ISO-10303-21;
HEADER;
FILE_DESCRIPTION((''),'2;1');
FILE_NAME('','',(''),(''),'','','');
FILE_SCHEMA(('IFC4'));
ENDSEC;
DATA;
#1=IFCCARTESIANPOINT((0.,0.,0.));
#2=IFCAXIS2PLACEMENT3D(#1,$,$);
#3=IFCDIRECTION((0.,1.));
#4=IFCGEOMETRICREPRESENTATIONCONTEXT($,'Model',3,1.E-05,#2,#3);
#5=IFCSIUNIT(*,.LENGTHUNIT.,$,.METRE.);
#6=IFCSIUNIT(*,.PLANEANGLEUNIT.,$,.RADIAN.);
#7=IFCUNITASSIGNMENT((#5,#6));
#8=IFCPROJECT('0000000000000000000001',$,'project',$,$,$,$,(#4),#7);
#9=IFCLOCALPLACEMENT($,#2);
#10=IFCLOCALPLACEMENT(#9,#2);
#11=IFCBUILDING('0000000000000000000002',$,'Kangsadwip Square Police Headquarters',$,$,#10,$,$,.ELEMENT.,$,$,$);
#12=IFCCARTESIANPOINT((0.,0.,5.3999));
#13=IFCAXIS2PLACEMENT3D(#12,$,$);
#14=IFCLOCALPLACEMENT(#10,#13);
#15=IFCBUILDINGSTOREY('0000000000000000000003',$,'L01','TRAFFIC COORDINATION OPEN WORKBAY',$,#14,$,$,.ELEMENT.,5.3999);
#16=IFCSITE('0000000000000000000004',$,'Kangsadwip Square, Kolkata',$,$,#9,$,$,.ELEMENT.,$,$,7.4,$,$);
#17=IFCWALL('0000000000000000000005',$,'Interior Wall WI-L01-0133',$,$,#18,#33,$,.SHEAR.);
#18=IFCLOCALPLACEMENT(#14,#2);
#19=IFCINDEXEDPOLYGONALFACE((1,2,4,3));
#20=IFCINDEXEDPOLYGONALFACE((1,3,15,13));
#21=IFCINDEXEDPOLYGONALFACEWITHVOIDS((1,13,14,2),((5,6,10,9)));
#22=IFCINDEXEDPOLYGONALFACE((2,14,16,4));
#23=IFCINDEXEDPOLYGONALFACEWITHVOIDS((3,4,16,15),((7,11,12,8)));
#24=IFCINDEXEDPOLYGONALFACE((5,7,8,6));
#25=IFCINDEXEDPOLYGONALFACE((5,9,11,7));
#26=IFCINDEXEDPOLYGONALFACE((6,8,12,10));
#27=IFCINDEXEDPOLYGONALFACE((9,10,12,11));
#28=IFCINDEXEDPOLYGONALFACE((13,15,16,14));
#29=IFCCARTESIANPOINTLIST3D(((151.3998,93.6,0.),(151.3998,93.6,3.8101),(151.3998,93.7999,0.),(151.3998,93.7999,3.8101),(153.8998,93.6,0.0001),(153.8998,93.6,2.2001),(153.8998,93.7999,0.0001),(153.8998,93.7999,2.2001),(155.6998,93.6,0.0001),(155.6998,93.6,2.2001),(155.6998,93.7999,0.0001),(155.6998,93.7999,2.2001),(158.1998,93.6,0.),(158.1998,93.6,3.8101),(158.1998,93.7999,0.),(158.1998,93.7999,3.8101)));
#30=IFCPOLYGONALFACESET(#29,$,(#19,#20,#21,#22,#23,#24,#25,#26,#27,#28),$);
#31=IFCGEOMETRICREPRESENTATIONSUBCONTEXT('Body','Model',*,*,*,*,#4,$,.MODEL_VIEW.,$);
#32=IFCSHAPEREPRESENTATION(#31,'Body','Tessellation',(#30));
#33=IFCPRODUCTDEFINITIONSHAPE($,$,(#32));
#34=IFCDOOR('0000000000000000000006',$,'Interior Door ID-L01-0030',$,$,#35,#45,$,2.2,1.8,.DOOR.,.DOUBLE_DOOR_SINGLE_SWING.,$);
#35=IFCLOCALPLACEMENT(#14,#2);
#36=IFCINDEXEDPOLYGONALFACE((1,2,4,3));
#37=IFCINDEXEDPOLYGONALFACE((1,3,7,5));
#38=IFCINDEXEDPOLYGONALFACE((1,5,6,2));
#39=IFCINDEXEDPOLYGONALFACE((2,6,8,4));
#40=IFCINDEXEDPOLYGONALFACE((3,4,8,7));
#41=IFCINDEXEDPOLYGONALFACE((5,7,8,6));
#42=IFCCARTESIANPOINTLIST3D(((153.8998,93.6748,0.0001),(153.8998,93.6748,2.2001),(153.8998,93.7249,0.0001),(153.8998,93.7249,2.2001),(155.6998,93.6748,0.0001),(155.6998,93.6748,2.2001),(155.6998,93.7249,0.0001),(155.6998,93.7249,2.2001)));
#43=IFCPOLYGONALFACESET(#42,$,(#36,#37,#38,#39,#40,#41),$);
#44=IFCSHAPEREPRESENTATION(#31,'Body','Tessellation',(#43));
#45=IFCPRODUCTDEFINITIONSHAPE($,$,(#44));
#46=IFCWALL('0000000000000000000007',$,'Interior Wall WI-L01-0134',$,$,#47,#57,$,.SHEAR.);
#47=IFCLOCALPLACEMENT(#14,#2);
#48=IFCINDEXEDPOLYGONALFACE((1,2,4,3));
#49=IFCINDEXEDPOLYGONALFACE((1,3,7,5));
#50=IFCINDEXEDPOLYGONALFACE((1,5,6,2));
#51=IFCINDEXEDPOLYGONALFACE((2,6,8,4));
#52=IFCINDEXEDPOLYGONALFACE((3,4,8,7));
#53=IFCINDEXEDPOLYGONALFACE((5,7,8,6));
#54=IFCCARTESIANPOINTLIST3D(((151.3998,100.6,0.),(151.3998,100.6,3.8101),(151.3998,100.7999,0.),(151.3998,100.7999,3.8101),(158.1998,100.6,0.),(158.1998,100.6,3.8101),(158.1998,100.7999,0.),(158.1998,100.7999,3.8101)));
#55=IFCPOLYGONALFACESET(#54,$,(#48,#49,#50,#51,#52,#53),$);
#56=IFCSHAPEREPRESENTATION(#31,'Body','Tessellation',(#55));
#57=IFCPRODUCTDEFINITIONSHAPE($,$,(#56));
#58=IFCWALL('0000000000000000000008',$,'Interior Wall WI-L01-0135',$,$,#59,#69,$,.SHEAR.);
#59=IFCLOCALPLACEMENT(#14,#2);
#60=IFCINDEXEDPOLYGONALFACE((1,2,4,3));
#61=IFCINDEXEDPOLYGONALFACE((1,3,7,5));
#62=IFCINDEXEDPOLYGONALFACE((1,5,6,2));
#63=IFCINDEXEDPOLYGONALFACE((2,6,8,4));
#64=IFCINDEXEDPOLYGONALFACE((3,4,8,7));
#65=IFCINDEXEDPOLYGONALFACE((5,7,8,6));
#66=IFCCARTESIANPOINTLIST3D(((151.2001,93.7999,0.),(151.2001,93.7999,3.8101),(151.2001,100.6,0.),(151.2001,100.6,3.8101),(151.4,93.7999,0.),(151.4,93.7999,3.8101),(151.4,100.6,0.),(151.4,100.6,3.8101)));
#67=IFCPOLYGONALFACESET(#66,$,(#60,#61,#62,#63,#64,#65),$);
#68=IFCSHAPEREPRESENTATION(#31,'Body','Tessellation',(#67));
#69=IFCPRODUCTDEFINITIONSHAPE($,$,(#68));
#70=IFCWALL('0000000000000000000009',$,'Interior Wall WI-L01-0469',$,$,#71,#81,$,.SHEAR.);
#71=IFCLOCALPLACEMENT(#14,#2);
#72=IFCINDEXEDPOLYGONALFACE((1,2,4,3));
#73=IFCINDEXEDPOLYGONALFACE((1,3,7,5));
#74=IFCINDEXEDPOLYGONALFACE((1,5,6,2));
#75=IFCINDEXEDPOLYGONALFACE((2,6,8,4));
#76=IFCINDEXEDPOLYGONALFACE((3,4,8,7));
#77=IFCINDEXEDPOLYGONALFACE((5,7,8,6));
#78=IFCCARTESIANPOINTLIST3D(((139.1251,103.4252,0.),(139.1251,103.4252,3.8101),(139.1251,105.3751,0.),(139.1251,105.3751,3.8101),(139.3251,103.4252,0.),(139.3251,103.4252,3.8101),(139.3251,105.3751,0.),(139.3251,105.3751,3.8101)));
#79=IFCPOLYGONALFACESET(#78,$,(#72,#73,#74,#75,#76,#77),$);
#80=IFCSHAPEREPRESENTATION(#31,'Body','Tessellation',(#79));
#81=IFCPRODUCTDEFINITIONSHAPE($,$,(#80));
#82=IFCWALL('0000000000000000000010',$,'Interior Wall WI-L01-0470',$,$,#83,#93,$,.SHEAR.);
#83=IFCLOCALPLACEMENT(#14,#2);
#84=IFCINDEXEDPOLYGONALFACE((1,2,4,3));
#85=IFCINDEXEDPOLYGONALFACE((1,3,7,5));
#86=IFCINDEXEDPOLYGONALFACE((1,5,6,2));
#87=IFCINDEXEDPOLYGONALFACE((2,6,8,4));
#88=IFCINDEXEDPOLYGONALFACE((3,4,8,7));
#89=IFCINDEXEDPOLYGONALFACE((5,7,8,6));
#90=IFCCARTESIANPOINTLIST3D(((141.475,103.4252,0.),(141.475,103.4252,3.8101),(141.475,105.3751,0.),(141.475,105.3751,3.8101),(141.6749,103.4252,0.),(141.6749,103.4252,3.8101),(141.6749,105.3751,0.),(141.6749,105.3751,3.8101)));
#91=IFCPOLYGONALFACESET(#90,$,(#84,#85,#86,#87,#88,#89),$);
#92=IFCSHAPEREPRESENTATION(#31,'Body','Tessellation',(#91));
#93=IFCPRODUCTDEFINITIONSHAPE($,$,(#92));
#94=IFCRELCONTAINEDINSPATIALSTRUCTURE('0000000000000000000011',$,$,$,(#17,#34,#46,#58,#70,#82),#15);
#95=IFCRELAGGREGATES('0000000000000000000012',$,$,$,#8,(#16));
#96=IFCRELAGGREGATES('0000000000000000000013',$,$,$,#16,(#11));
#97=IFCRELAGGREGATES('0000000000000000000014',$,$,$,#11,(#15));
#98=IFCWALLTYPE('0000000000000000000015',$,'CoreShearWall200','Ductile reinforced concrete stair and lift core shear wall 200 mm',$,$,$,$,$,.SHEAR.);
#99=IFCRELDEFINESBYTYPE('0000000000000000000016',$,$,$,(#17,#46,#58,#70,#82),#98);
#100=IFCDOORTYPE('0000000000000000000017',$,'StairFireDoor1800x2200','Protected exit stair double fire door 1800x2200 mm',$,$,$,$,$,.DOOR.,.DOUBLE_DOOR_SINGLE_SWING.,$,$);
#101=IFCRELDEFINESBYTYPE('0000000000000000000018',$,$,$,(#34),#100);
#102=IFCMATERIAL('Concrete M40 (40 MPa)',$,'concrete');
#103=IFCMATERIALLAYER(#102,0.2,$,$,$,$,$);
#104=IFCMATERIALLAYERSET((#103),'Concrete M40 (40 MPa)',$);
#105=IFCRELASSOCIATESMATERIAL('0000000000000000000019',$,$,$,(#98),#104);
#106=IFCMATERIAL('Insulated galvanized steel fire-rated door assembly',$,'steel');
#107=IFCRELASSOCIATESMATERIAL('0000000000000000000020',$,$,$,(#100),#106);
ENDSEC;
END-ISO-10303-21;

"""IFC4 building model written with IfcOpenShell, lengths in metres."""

from ifc_helpers import new_model, si_unit, direction, frame, frame_2d, origin, place, context, subcontext, project, spatial, rectangle, extrude, material, layer, layer_set, type_object, element, fill, save


model = new_model("IFC4")

# Units and contexts
model_context = context("Model", 3, precision=1e-05, world=origin(), true_north=direction((0.0, 1.0)))
body_context = subcontext(model_context, "Body", "Model", "MODEL_VIEW")
ifc_project = project(units=[si_unit("LENGTHUNIT", "METRE"), si_unit("PLANEANGLEUNIT", "RADIAN")], contexts=[model_context])

# Site, building, storey
site_placement = place(None, origin())
site = spatial("IfcSite", under=ifc_project, at=site_placement, Name="Kangsadwip Square, Kolkata", CompositionType="ELEMENT", RefElevation=7.4)
building_placement = place(site_placement, origin())
building = spatial("IfcBuilding", under=site, at=building_placement, Name="Kangsadwip Square Police Headquarters", CompositionType="ELEMENT")
storey_placement = place(building_placement, frame((0.0, 0.0, 5.3999)))
storey = spatial("IfcBuildingStorey", under=building, at=storey_placement, Name="L01", Description="TRAFFIC COORDINATION OPEN WORKBAY", CompositionType="ELEMENT", Elevation=5.3999)

# Wall, opening, door
ifc_material_1 = material(Name="Concrete M40 (40 MPa)", Category="concrete")
ifc_layer_1 = layer(ifc_material_1, 0.2)
ifc_layer_set_1 = layer_set([ifc_layer_1], Name="Concrete M40 (40 MPa)")
wall_type = type_object("IfcWallType", Name="CoreShearWall200", Description="Ductile reinforced concrete stair and lift core shear wall 200 mm", PredefinedType="SHEAR", material=ifc_layer_set_1)
wall_placement = place(storey_placement, frame((151.3999, 93.7, 0.0), z_axis=(0.0, 0.0, 1.0), x_axis=(1.0, 0.0, 0.0)))
wall = element("IfcWall", 1, at=wall_placement, inside=storey, type_object=wall_type, Name="Interior Wall WI-L01-0133", PredefinedType="SHEAR", context=body_context, shape_type="SweptSolid", body=[
    extrude(rectangle(XDim=6.8, YDim=0.2, at=frame_2d((3.3999, 0.0))), origin(), (0.0, 0.0, 1.0), 3.8101),
])
opening_placement = place(wall_placement, frame((2.5, 0.0, 0.0)))
opening = element("IfcOpeningElement", 2, at=opening_placement, cuts=wall, PredefinedType="OPENING", context=body_context, shape_type="SweptSolid", body=[
    extrude(rectangle(XDim=1.8, YDim=2.2, at=frame_2d((0.8999, 1.1001))), frame((0.0, 0.1099, 0.0), z_axis=(0.0, -1.0, 0.0), x_axis=(1.0, 0.0, 0.0)), (0.0, 0.0, 1.0), 0.22),
])
ifc_material_2 = material(Name="Insulated galvanized steel fire-rated door assembly", Category="steel")
door_type = type_object("IfcDoorType", Name="StairFireDoor1800x2200", Description="Protected exit stair double fire door 1800x2200 mm", OperationType="DOUBLE_DOOR_SINGLE_SWING", PredefinedType="DOOR", material=ifc_material_2)
door_placement = place(opening_placement, origin())
door = element("IfcDoor", 3, at=door_placement, inside=storey, type_object=door_type, Name="Interior Door ID-L01-0030", OperationType="DOUBLE_DOOR_SINGLE_SWING", OverallHeight=2.2, OverallWidth=1.8, PredefinedType="DOOR", context=body_context, shape_type="SweptSolid", body=[
    extrude(rectangle(XDim=1.8, YDim=2.2, at=frame_2d((0.8999, 1.1001))), frame((0.0, 0.0249, 0.0), z_axis=(0.0, -1.0, 0.0), x_axis=(1.0, 0.0, 0.0)), (0.0, 0.0, 1.0), 0.05),
])
fill(opening, door)

# Walls
for number, where, z_axis, x_axis, name in (
    (4, (151.3999, 100.7, 0.0), (0.0, 0.0, 1.0), (1.0, 0.0, 0.0), "Interior Wall WI-L01-0134"),
    (5, (151.3, 93.8, 0.0), (0.0, 0.0, 1.0), (0.0, 1.0, 0.0), "Interior Wall WI-L01-0135"),
):
    element("IfcWall", number, at=place(storey_placement, frame(where, z_axis=z_axis, x_axis=x_axis)), inside=storey, type_object=wall_type, Name=name, PredefinedType="SHEAR", context=body_context, shape_type="SweptSolid", body=[
        extrude(rectangle(XDim=6.8, YDim=0.2, at=frame_2d((3.3999, 0.0))), origin(), (0.0, 0.0, 1.0), 3.8101),
    ])
for number, where, z_axis, x_axis, name in (
    (6, (139.2251, 103.425, 0.0), (0.0, 0.0, 1.0), (0.0, 1.0, 0.0), "Interior Wall WI-L01-0469"),
    (7, (141.575, 103.425, 0.0), (0.0, 0.0, 1.0), (0.0, 1.0, 0.0), "Interior Wall WI-L01-0470"),
):
    element("IfcWall", number, at=place(storey_placement, frame(where, z_axis=z_axis, x_axis=x_axis)), inside=storey, type_object=wall_type, Name=name, PredefinedType="SHEAR", context=body_context, shape_type="SweptSolid", body=[
        extrude(rectangle(XDim=1.95, YDim=0.2, at=frame_2d((0.9751, 0.0))), origin(), (0.0, 0.0, 1.0), 3.8101),
    ])

save(model, "model.ifc")
